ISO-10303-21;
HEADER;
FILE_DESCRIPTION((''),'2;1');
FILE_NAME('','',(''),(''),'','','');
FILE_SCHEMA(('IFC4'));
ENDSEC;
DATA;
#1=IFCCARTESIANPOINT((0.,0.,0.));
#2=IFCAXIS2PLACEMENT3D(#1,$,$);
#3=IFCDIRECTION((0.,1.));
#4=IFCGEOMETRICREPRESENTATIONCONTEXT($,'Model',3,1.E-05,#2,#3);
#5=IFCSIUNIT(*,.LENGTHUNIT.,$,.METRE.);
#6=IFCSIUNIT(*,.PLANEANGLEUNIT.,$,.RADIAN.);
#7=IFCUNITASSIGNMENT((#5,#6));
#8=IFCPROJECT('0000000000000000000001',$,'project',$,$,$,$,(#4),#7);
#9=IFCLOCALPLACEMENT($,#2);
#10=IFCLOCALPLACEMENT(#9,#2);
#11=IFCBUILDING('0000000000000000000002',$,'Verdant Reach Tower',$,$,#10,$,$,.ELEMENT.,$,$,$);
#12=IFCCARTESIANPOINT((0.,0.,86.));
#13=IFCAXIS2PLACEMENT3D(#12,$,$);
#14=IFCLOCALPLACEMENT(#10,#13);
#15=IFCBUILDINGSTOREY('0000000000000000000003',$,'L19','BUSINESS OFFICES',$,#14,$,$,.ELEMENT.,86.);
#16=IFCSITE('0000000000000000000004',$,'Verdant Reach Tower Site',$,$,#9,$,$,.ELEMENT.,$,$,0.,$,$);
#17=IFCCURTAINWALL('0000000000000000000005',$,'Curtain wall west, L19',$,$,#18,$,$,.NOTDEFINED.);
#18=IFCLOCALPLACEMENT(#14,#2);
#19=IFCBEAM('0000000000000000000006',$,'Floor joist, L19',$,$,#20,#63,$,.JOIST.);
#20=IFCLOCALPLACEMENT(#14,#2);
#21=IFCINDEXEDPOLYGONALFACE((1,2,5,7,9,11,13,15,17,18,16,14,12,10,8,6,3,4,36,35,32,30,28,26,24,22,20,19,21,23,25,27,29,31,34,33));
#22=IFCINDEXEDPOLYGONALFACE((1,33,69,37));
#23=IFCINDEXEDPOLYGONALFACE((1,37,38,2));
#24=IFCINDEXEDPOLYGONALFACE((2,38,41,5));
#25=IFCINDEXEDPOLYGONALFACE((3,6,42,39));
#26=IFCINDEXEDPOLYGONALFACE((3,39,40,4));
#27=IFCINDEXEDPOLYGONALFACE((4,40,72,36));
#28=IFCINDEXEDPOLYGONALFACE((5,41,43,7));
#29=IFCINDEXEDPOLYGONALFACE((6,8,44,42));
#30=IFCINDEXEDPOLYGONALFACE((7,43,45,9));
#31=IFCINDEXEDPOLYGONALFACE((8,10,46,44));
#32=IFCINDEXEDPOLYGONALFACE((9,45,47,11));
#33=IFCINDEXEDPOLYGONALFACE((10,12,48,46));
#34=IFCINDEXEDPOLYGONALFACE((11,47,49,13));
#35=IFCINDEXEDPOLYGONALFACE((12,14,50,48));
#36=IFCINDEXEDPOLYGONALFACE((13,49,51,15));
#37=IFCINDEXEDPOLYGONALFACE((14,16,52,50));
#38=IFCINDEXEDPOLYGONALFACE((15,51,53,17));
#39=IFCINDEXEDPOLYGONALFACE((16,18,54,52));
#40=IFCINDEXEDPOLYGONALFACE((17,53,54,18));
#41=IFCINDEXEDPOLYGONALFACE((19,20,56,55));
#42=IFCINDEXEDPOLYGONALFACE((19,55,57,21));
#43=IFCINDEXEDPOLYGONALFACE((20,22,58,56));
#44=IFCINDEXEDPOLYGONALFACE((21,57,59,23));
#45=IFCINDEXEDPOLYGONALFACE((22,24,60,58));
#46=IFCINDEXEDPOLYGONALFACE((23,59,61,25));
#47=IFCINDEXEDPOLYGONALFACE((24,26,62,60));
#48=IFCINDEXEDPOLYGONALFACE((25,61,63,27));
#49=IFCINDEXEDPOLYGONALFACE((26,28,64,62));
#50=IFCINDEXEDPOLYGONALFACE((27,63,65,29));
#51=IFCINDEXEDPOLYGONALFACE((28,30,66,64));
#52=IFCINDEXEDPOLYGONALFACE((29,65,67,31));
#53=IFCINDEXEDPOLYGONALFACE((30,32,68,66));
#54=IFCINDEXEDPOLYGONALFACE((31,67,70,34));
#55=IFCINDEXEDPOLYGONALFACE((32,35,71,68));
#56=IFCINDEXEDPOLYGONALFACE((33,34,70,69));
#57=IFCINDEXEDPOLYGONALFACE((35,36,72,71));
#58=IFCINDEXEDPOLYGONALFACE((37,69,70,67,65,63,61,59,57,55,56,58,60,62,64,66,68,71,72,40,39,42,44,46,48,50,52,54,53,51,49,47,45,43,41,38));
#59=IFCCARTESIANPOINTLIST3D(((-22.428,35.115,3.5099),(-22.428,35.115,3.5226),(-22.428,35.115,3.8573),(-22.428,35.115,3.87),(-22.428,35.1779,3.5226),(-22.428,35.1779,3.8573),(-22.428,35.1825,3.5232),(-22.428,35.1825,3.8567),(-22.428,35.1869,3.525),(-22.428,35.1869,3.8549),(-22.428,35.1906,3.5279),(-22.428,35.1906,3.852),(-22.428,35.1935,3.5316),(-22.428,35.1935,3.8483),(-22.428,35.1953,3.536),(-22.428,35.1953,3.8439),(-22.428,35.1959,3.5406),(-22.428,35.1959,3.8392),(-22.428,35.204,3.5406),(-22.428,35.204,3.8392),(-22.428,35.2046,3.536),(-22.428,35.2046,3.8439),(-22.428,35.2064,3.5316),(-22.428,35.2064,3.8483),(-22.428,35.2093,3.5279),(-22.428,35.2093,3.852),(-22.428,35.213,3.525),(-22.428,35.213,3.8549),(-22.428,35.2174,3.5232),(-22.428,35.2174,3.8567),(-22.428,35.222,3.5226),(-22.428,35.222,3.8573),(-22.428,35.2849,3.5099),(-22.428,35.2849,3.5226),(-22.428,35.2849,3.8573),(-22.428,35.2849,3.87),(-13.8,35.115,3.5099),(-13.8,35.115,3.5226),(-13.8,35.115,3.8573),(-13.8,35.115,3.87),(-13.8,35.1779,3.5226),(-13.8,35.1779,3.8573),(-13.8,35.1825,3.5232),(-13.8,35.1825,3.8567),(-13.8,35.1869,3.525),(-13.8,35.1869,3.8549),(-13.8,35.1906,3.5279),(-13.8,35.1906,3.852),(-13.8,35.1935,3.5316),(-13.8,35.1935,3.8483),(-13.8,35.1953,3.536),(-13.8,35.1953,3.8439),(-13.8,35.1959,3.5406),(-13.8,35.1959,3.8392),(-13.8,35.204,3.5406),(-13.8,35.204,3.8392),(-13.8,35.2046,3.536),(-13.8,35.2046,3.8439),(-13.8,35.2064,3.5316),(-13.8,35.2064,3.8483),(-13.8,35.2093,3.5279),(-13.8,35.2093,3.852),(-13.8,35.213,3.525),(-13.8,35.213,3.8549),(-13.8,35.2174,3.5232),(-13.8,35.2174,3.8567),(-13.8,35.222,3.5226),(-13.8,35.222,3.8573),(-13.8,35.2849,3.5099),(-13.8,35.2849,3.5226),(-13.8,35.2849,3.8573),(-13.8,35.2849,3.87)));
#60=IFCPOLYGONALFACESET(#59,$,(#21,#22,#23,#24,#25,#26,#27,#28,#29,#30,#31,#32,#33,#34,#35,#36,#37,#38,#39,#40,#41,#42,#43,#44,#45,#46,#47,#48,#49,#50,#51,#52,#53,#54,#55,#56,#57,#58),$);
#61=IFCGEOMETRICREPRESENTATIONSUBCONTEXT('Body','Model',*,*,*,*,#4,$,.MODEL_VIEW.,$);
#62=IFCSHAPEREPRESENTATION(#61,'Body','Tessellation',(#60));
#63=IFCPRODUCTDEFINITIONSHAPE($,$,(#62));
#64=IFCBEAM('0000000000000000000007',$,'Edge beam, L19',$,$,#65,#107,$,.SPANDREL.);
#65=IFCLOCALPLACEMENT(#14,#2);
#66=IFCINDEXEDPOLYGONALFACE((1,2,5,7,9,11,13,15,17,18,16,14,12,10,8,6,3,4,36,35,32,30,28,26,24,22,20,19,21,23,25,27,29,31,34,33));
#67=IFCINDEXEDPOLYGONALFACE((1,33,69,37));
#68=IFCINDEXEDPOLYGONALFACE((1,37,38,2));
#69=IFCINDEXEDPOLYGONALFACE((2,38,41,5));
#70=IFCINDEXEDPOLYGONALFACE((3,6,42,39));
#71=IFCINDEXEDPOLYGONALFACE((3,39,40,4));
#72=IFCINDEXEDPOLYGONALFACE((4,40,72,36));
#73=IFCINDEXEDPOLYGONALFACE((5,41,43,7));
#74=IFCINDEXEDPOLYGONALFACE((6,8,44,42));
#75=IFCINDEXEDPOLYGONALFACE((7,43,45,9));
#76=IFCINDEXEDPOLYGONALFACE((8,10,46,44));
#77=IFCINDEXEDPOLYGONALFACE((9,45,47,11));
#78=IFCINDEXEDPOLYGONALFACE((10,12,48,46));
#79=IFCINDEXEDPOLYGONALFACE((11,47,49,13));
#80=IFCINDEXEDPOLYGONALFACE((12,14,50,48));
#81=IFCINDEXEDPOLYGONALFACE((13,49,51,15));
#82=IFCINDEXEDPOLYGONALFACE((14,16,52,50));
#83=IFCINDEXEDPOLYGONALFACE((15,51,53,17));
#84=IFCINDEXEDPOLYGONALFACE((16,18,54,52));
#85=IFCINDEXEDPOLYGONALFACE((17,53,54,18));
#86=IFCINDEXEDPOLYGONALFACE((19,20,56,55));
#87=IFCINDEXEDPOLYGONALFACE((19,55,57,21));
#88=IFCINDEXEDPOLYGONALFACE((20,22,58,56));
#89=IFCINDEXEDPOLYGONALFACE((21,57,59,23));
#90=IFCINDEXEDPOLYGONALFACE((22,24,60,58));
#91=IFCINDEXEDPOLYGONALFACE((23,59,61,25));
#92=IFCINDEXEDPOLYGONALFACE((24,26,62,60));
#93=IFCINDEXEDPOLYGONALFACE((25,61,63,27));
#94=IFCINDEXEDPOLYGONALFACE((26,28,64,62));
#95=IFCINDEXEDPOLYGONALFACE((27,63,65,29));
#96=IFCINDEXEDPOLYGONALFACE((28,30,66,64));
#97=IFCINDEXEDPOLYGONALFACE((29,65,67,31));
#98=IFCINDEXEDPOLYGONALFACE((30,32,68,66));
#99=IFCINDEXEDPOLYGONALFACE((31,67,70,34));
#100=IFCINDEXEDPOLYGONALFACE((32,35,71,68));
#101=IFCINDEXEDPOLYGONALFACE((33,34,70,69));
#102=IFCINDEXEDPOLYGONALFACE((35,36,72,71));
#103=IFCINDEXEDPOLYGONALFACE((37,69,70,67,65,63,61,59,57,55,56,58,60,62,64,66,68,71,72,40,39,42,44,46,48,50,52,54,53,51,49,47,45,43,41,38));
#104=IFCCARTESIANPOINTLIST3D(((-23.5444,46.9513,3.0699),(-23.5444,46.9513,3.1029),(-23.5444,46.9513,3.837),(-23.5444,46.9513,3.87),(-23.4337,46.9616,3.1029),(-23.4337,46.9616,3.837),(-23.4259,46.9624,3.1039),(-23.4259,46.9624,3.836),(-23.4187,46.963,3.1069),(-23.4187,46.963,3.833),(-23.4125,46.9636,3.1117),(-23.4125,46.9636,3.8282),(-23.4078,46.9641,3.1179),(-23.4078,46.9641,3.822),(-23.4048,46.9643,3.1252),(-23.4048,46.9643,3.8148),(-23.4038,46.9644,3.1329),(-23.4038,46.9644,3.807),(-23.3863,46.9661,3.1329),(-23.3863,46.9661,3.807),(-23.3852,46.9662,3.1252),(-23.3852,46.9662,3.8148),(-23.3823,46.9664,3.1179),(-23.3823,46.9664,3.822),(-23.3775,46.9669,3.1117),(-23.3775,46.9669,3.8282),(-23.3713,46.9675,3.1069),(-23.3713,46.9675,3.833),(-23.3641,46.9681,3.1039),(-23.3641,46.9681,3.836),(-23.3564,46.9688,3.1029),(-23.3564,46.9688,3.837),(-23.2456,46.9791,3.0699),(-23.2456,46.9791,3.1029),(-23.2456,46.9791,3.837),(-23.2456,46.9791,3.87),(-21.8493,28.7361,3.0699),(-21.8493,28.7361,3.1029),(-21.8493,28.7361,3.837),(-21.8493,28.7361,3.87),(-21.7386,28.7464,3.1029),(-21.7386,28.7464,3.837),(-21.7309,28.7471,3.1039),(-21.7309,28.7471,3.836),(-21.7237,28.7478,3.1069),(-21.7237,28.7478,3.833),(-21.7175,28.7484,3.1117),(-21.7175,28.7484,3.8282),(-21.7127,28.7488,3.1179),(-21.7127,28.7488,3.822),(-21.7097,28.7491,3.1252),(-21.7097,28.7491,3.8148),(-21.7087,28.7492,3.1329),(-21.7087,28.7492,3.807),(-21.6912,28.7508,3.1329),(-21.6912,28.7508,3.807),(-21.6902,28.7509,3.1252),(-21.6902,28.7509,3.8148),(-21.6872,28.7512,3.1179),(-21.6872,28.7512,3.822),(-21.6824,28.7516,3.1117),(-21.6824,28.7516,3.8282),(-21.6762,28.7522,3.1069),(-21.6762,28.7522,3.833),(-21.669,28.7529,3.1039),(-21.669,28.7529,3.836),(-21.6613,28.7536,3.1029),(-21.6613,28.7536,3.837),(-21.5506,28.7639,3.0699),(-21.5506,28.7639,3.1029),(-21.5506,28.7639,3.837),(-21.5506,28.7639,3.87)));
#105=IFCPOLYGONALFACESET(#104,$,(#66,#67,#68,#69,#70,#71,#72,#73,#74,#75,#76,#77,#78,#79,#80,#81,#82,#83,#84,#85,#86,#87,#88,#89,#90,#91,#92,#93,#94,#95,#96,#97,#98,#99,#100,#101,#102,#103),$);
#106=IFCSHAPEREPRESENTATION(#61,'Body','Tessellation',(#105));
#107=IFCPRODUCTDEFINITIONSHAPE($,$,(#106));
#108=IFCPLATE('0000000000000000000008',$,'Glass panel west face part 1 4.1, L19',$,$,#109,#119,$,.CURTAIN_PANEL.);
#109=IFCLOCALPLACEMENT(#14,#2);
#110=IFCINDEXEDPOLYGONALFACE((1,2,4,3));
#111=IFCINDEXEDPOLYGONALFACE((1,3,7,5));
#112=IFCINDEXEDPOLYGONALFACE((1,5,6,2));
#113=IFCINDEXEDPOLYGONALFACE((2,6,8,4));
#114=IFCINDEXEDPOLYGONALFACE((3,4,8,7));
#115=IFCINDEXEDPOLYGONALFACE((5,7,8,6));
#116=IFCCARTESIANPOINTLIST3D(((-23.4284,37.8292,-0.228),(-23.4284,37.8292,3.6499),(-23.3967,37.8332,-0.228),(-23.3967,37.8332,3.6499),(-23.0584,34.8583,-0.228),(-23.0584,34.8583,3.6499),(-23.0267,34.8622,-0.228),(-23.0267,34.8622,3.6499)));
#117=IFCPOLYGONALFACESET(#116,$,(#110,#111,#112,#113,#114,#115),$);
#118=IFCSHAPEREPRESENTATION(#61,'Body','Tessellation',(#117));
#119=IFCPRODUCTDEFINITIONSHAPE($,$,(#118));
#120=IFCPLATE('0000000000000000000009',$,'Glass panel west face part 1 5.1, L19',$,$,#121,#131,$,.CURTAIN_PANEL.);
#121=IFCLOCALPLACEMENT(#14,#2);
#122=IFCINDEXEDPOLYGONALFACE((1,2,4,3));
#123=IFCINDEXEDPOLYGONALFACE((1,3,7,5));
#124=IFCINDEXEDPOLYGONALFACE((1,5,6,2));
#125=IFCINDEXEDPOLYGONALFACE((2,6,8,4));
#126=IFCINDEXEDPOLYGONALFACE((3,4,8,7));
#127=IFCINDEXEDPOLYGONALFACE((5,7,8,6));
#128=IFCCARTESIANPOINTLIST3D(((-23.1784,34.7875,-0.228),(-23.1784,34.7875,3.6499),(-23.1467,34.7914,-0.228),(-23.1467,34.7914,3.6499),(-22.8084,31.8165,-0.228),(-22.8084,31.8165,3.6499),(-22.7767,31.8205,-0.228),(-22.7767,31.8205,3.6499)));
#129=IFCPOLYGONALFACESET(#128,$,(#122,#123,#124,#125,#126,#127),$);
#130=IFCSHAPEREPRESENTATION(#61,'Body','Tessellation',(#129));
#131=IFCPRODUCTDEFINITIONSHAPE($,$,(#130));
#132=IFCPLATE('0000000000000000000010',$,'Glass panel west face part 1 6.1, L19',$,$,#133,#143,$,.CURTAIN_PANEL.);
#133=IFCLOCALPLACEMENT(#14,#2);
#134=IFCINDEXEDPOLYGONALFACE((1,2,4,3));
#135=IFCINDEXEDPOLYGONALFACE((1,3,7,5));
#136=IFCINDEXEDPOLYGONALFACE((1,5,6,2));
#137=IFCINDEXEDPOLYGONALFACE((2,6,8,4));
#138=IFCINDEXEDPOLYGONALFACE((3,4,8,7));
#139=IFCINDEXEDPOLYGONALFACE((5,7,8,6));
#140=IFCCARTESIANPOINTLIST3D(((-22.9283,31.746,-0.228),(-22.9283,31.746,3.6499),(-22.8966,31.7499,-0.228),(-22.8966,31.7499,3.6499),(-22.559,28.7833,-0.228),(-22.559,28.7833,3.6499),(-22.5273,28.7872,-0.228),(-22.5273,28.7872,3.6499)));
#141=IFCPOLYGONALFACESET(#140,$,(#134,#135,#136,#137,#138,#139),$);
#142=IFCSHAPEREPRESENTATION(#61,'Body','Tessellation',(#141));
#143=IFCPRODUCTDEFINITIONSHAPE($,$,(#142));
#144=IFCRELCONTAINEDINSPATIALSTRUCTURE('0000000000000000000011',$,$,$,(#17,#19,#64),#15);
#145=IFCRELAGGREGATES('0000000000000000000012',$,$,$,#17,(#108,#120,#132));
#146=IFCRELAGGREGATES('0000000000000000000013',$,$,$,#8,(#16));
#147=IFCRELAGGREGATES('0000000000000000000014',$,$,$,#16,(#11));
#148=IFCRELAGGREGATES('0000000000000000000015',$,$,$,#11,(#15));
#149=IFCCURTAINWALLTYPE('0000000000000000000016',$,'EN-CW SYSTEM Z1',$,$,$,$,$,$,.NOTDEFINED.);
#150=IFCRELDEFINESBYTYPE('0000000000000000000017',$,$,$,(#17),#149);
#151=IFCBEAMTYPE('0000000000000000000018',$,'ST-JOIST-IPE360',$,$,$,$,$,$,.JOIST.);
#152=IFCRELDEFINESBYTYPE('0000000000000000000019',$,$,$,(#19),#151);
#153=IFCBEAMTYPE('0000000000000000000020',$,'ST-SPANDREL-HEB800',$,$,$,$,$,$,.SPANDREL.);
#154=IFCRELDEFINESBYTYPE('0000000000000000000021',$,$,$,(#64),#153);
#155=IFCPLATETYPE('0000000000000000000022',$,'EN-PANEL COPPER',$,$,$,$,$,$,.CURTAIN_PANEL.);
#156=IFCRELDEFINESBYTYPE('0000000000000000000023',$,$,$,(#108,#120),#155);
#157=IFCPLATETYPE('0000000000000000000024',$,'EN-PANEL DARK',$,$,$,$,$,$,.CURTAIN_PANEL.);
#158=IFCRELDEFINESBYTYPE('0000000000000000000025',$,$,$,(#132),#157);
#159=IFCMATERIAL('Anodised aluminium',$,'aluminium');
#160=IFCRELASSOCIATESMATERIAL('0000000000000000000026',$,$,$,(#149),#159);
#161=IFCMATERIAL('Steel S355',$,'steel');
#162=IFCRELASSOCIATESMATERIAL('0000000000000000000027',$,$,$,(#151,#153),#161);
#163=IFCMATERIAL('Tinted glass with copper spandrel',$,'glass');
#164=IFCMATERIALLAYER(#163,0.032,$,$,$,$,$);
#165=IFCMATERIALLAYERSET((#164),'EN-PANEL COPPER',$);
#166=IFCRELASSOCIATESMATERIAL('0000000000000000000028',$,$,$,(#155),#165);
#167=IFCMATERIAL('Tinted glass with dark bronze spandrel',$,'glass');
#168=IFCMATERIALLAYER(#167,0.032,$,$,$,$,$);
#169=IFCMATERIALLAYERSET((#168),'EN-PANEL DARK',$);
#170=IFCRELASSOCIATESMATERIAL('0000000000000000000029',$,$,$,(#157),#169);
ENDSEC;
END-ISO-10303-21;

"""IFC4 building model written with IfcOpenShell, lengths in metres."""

from ifc_helpers import new_model, si_unit, direction, frame, origin, origin_2d, place, context, subcontext, project, spatial, rectangle, i_section, extrude, material, layer, layer_set, material_profile, profile_set, type_object, element, aggregate, save


model = new_model("IFC4")

# Units and contexts
model_context = context("Model", 3, precision=1e-05, world=origin(), true_north=direction((0.0, 1.0)))
body_context = subcontext(model_context, "Body", "Model", "MODEL_VIEW")
ifc_project = project(units=[si_unit("LENGTHUNIT", "METRE"), si_unit("PLANEANGLEUNIT", "RADIAN")], contexts=[model_context])

# Site, building, storey
site_placement = place(None, origin())
site = spatial("IfcSite", under=ifc_project, at=site_placement, Name="Verdant Reach Tower Site", CompositionType="ELEMENT", RefElevation=0.0)
building_placement = place(site_placement, origin())
building = spatial("IfcBuilding", under=site, at=building_placement, Name="Verdant Reach Tower", CompositionType="ELEMENT")
storey_placement = place(building_placement, frame((0.0, 0.0, 86.0)))
storey = spatial("IfcBuildingStorey", under=building, at=storey_placement, Name="L19", Description="BUSINESS OFFICES", CompositionType="ELEMENT", Elevation=86.0)

# Curtain wall
ifc_material_1 = material(Name="Anodised aluminium", Category="aluminium")
curtain_wall_type = type_object("IfcCurtainWallType", Name="EN-CW SYSTEM Z1", PredefinedType="NOTDEFINED", material=ifc_material_1)
curtain_wall_placement = place(storey_placement, origin())
curtain_wall = element("IfcCurtainWall", 1, at=curtain_wall_placement, inside=storey, type_object=curtain_wall_type, Name="Curtain wall west, L19", PredefinedType="NOTDEFINED")

# Beams
ifc_material_2 = material(Name="Steel S355", Category="steel")
ifc_material_profile_1 = material_profile(ifc_material_2, i_section(OverallWidth=0.1699, OverallDepth=0.3601, WebThickness=0.0081, FlangeThickness=0.0127, FilletRadius=0.0181, at=origin_2d()), Name="IPE 360")
ifc_profile_set_1 = profile_set([ifc_material_profile_1], Name="Steel S355")
beam_type_1 = type_object("IfcBeamType", Name="ST-JOIST-IPE360", PredefinedType="JOIST", material=ifc_profile_set_1)
beam_1_placement = place(storey_placement, frame((-13.8, 35.2, 3.6899), z_axis=(-1.0, 0.0, 0.0), x_axis=(0.0, -1.0, 0.0)))
element("IfcBeam", 2, at=beam_1_placement, inside=storey, type_object=beam_type_1, Name="Floor joist, L19", PredefinedType="JOIST", context=body_context, shape_type="SweptSolid", body=[
    extrude(i_section(OverallWidth=0.1699, OverallDepth=0.3601, WebThickness=0.0081, FlangeThickness=0.0127, FilletRadius=0.0181, at=origin_2d()), origin(), (0.0, 0.0, 1.0), 8.6279),
])
ifc_material_profile_2 = material_profile(ifc_material_2, i_section(OverallWidth=0.3, OverallDepth=0.8, WebThickness=0.0176, FlangeThickness=0.033, FilletRadius=0.03, at=origin_2d()), Name="HEB 800")
ifc_profile_set_2 = profile_set([ifc_material_profile_2], Name="Steel S355")
beam_type_2 = type_object("IfcBeamType", Name="ST-SPANDREL-HEB800", PredefinedType="SPANDREL", material=ifc_profile_set_2)
beam_2_placement = place(storey_placement, frame((-21.7, 28.75, 3.47), z_axis=(-0.092657, 0.995698, 0.0), x_axis=(-0.995698, -0.092657, 0.0)))
element("IfcBeam", 3, at=beam_2_placement, inside=storey, type_object=beam_type_2, Name="Edge beam, L19", PredefinedType="SPANDREL", context=body_context, shape_type="SweptSolid", body=[
    extrude(i_section(OverallWidth=0.3, OverallDepth=0.8, WebThickness=0.0176, FlangeThickness=0.033, FilletRadius=0.03, at=origin_2d()), origin(), (0.0, 0.0, 1.0), 18.2939),
])

# Plates
ifc_material_3 = material(Name="Tinted glass with copper spandrel", Category="glass")
ifc_layer_1 = layer(ifc_material_3, 0.032)
ifc_layer_set_1 = layer_set([ifc_layer_1], Name="EN-PANEL COPPER")
plate_type_1 = type_object("IfcPlateType", Name="EN-PANEL COPPER", PredefinedType="CURTAIN_PANEL", material=ifc_layer_set_1)
plate_1_placement = place(storey_placement, frame((-23.2275, 36.3457, -0.228), z_axis=(0.0, 0.0, 1.0), x_axis=(0.123579, -0.992335, 0.0)))
plate_1 = element("IfcPlate", 4, at=plate_1_placement, type_object=plate_type_1, Name="Glass panel west face part 1 4.1, L19", PredefinedType="CURTAIN_PANEL", context=body_context, shape_type="SweptSolid", body=[
    extrude(rectangle(XDim=2.9939, YDim=0.032, at=origin_2d()), origin(), (0.0, 0.0, 1.0), 3.8779),
])
plate_2_placement = place(storey_placement, frame((-22.9775, 33.304, -0.228), z_axis=(0.0, 0.0, 1.0), x_axis=(0.123579, -0.992335, 0.0)))
plate_2 = element("IfcPlate", 5, at=plate_2_placement, type_object=plate_type_1, Name="Glass panel west face part 1 5.1, L19", PredefinedType="CURTAIN_PANEL", context=body_context, shape_type="SweptSolid", body=[
    extrude(rectangle(XDim=2.9939, YDim=0.032, at=origin_2d()), origin(), (0.0, 0.0, 1.0), 3.8779),
])
ifc_material_4 = material(Name="Tinted glass with dark bronze spandrel", Category="glass")
ifc_layer_2 = layer(ifc_material_4, 0.032)
ifc_layer_set_2 = layer_set([ifc_layer_2], Name="EN-PANEL DARK")
plate_type_2 = type_object("IfcPlateType", Name="EN-PANEL DARK", PredefinedType="CURTAIN_PANEL", material=ifc_layer_set_2)
plate_3_placement = place(storey_placement, frame((-22.7278, 30.2666, -0.228), z_axis=(0.0, 0.0, 1.0), x_axis=(0.123691, -0.992321, 0.0)))
plate_3 = element("IfcPlate", 6, at=plate_3_placement, type_object=plate_type_2, Name="Glass panel west face part 1 6.1, L19", PredefinedType="CURTAIN_PANEL", context=body_context, shape_type="SweptSolid", body=[
    extrude(rectangle(XDim=2.9856, YDim=0.032, at=origin_2d()), origin(), (0.0, 0.0, 1.0), 3.8779),
])
aggregate(curtain_wall, [plate_1, plate_2, plate_3])

save(model, "model.ifc")
